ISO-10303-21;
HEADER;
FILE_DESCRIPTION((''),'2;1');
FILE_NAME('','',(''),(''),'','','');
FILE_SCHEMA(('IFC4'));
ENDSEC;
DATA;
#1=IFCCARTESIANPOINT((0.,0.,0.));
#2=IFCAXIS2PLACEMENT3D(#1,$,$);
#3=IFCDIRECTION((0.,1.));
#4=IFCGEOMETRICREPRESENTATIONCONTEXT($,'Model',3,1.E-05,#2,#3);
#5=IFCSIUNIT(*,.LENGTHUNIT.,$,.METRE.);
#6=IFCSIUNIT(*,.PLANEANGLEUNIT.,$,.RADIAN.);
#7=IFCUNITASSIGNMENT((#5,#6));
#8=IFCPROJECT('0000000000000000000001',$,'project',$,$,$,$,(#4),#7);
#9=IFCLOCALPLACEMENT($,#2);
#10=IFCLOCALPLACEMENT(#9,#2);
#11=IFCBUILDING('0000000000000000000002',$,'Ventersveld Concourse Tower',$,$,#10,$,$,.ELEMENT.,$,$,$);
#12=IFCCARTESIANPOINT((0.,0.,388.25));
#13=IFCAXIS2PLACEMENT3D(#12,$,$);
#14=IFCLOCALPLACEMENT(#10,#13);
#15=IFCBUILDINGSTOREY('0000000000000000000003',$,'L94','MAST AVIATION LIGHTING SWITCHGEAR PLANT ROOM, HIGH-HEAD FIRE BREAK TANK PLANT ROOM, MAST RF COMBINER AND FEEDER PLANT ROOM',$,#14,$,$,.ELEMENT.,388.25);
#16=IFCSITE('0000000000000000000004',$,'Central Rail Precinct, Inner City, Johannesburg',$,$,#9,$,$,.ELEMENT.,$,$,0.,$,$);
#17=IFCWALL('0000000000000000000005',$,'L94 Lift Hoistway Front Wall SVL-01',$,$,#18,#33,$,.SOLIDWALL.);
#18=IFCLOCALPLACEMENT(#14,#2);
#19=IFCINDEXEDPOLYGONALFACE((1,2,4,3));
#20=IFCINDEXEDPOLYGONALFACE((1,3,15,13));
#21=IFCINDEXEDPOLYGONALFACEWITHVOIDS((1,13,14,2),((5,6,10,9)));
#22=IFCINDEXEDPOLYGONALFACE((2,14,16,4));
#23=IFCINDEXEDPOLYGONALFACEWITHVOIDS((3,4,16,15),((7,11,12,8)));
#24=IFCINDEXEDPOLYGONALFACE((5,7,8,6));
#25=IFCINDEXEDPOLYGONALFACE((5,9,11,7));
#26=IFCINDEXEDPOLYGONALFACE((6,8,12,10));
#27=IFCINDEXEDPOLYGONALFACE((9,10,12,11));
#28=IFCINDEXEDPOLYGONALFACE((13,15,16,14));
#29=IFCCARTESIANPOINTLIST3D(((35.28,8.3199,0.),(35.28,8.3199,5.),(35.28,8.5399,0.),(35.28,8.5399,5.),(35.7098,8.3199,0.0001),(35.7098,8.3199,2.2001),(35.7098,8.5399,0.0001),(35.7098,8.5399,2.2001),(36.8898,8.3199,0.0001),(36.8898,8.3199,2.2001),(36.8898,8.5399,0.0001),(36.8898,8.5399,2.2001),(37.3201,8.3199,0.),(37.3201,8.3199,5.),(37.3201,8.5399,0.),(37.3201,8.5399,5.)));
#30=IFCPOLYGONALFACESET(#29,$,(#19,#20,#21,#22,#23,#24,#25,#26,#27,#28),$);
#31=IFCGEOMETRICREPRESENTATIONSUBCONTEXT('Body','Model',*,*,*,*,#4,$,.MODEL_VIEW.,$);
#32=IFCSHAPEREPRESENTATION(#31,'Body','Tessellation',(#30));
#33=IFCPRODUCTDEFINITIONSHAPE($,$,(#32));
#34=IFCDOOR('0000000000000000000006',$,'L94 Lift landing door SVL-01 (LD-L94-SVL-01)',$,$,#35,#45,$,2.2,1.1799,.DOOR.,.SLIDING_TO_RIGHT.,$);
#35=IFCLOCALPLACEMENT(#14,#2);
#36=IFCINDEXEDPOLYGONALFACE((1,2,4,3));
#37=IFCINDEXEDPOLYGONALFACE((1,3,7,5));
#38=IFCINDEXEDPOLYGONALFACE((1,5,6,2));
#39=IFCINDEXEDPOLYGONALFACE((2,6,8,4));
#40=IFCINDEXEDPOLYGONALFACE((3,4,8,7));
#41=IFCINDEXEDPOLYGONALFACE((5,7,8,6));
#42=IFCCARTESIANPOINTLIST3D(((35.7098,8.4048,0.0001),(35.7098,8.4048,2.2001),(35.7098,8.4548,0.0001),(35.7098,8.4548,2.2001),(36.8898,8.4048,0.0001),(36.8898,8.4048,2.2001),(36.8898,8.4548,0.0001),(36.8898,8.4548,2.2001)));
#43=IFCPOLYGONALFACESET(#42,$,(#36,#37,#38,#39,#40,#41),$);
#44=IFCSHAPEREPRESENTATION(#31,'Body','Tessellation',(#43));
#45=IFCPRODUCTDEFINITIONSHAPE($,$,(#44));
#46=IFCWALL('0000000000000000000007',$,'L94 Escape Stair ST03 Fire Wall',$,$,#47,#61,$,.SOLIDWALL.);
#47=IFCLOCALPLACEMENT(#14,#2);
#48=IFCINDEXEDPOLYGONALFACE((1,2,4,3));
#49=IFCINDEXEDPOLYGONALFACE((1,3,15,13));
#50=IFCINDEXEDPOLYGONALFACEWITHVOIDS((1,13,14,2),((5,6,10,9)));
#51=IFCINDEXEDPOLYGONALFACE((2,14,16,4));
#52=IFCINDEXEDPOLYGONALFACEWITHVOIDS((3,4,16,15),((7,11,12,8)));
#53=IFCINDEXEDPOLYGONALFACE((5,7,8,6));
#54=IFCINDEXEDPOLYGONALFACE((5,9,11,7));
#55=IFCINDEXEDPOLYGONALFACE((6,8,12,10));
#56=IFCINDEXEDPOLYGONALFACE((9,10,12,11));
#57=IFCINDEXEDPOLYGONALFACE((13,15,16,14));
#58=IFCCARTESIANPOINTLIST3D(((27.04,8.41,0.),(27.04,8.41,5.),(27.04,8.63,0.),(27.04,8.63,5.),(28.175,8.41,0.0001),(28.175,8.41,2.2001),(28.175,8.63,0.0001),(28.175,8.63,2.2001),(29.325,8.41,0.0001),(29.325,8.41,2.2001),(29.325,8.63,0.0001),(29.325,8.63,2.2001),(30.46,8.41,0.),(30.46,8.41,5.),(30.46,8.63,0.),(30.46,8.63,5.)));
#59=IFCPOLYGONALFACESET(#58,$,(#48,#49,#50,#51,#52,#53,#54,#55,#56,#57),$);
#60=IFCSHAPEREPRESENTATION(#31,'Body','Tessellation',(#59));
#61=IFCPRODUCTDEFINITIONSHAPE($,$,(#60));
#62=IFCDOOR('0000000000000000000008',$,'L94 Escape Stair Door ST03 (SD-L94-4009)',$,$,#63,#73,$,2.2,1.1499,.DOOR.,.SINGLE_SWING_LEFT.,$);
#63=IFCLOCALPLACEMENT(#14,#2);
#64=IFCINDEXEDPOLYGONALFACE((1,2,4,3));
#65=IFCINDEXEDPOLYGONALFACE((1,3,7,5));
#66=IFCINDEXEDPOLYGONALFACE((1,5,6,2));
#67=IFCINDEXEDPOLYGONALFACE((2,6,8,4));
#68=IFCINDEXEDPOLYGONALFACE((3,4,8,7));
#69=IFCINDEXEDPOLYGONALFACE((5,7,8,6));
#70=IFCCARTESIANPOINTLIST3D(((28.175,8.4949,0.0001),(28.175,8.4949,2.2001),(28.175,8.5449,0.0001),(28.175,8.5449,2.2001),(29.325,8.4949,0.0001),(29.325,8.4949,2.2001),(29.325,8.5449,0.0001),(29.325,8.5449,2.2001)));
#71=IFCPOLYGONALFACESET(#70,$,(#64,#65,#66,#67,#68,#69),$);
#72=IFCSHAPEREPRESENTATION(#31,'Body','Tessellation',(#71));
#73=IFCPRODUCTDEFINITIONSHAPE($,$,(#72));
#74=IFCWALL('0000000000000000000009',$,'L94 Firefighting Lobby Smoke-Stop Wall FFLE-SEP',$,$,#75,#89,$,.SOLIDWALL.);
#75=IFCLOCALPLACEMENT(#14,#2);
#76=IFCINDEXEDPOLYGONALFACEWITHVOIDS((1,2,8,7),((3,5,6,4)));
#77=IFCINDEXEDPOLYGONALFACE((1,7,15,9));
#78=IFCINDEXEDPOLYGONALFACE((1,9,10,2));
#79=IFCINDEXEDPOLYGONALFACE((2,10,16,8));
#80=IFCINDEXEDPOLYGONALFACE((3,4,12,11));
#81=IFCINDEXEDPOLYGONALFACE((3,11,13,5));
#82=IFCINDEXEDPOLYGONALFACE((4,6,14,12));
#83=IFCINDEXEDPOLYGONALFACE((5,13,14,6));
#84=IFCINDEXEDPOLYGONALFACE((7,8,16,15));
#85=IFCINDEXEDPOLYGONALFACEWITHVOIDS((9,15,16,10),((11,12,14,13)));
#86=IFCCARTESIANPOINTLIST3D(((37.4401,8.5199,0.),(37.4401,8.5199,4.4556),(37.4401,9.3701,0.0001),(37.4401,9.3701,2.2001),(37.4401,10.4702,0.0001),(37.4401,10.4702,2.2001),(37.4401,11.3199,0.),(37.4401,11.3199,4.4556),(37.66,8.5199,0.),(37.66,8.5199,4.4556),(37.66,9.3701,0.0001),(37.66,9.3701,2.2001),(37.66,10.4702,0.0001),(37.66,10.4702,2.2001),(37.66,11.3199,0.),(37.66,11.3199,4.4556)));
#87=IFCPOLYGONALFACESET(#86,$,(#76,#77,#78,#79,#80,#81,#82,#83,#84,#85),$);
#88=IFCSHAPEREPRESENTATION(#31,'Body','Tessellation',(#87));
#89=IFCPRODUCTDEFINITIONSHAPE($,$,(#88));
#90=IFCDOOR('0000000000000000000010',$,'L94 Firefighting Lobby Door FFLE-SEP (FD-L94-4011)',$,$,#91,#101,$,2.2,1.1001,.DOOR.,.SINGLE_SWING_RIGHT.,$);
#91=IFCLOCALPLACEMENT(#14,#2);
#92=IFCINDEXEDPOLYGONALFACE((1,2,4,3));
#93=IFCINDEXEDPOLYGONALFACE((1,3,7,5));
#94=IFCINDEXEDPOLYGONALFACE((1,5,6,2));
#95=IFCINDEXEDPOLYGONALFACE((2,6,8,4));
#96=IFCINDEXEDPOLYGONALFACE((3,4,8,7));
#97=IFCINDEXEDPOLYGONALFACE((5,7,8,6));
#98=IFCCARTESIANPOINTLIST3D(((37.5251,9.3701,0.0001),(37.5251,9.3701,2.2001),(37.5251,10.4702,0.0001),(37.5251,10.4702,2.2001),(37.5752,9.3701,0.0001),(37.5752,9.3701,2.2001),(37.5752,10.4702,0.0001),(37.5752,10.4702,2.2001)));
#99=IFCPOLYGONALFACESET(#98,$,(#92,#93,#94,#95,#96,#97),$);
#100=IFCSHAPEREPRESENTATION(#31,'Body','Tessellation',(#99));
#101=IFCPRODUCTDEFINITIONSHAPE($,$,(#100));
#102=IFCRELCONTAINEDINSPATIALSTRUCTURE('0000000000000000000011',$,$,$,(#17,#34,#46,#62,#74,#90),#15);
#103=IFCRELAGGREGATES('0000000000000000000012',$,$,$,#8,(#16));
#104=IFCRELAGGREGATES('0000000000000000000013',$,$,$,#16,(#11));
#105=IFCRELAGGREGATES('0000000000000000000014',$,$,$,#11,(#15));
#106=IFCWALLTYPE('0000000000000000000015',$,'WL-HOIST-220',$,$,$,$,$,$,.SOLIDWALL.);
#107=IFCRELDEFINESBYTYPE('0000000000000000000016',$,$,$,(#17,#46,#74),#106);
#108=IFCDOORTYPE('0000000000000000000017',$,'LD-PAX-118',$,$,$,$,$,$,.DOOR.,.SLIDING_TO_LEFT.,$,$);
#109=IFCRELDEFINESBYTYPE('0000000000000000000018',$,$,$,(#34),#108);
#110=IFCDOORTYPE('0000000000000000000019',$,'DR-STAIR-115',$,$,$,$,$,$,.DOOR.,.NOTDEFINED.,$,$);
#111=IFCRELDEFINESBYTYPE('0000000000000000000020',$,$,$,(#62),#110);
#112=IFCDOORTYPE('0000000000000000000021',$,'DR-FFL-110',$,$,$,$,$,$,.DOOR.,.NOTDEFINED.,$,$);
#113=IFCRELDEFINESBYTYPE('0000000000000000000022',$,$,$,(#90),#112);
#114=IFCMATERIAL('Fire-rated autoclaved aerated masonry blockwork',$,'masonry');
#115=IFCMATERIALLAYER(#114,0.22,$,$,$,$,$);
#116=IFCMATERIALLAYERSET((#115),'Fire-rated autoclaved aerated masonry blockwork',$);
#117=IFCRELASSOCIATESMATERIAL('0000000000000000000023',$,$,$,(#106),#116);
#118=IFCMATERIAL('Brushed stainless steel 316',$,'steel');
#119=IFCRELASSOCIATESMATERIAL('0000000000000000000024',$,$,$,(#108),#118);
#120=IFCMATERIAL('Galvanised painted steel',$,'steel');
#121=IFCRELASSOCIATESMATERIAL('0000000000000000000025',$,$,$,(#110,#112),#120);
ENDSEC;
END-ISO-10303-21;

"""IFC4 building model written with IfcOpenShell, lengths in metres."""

from ifc_helpers import new_model, si_unit, direction, frame, frame_2d, origin, place, context, subcontext, project, spatial, rectangle, extrude, material, layer, layer_set, type_object, element, fill, save


model = new_model("IFC4")

# Units and contexts
model_context = context("Model", 3, precision=1e-05, world=origin(), true_north=direction((0.0, 1.0)))
body_context = subcontext(model_context, "Body", "Model", "MODEL_VIEW")
ifc_project = project(units=[si_unit("LENGTHUNIT", "METRE"), si_unit("PLANEANGLEUNIT", "RADIAN")], contexts=[model_context])

# Site, building, storey
site_placement = place(None, origin())
site = spatial("IfcSite", under=ifc_project, at=site_placement, Name="Central Rail Precinct, Inner City, Johannesburg", CompositionType="ELEMENT", RefElevation=0.0)
building_placement = place(site_placement, origin())
building = spatial("IfcBuilding", under=site, at=building_placement, Name="Ventersveld Concourse Tower", CompositionType="ELEMENT")
storey_placement = place(building_placement, frame((0.0, 0.0, 388.25)))
storey = spatial("IfcBuildingStorey", under=building, at=storey_placement, Name="L94", Description="MAST AVIATION LIGHTING SWITCHGEAR PLANT ROOM, HIGH-HEAD FIRE BREAK TANK PLANT ROOM, MAST RF COMBINER AND FEEDER PLANT ROOM", CompositionType="ELEMENT", Elevation=388.25)

# Shared definitions
ifc_material_1 = material(Name="Fire-rated autoclaved aerated masonry blockwork", Category="masonry")
ifc_layer_1 = layer(ifc_material_1, 0.22)
ifc_layer_set_1 = layer_set([ifc_layer_1], Name="Fire-rated autoclaved aerated masonry blockwork")
wall_type_1 = type_object("IfcWallType", Name="WL-HOIST-220", PredefinedType="SOLIDWALL", material=ifc_layer_set_1)

# Walls, openings, doors
wall_1_placement = place(storey_placement, frame((35.28, 8.4299, 0.0), z_axis=(0.0, 0.0, 1.0), x_axis=(1.0, 0.0, 0.0)))
wall_1 = element("IfcWall", 1, at=wall_1_placement, inside=storey, type_object=wall_type_1, Name="L94 Lift Hoistway Front Wall SVL-01", PredefinedType="SOLIDWALL", context=body_context, shape_type="SweptSolid", body=[
    extrude(rectangle(XDim=2.04, YDim=0.22, at=frame_2d((1.02, 0.0))), origin(), (0.0, 0.0, 1.0), 5.0),
])
opening_1_placement = place(wall_1_placement, frame((0.4299, 0.0, 0.0)))
opening_1 = element("IfcOpeningElement", 2, at=opening_1_placement, cuts=wall_1, PredefinedType="OPENING", context=body_context, shape_type="SweptSolid", body=[
    extrude(rectangle(XDim=1.1799, YDim=2.2, at=frame_2d((0.5898, 1.1001))), frame((0.0, 0.1201, 0.0), z_axis=(0.0, -1.0, 0.0), x_axis=(1.0, 0.0, 0.0)), (0.0, 0.0, 1.0), 0.24),
])
ifc_material_2 = material(Name="Brushed stainless steel 316", Category="steel")
door_type_1 = type_object("IfcDoorType", Name="LD-PAX-118", OperationType="SLIDING_TO_LEFT", PredefinedType="DOOR", material=ifc_material_2)
door_1_placement = place(opening_1_placement, origin())
door_1 = element("IfcDoor", 3, at=door_1_placement, inside=storey, type_object=door_type_1, Name="L94 Lift landing door SVL-01 (LD-L94-SVL-01)", OperationType="SLIDING_TO_RIGHT", OverallHeight=2.2, OverallWidth=1.1799, PredefinedType="DOOR", context=body_context, shape_type="SweptSolid", body=[
    extrude(rectangle(XDim=1.1799, YDim=2.2, at=frame_2d((0.5898, 1.1001))), frame((0.0, 0.0249, 0.0), z_axis=(0.0, -1.0, 0.0), x_axis=(1.0, 0.0, 0.0)), (0.0, 0.0, 1.0), 0.05),
])
fill(opening_1, door_1)
wall_2_placement = place(storey_placement, frame((27.04, 8.52, 0.0), z_axis=(0.0, 0.0, 1.0), x_axis=(1.0, 0.0, 0.0)))
wall_2 = element("IfcWall", 4, at=wall_2_placement, inside=storey, type_object=wall_type_1, Name="L94 Escape Stair ST03 Fire Wall", PredefinedType="SOLIDWALL", context=body_context, shape_type="SweptSolid", body=[
    extrude(rectangle(XDim=3.4199, YDim=0.22, at=frame_2d((1.71, 0.0))), origin(), (0.0, 0.0, 1.0), 5.0),
])
opening_2_placement = place(wall_2_placement, frame((1.135, 0.0, 0.0)))
opening_2 = element("IfcOpeningElement", 5, at=opening_2_placement, cuts=wall_2, PredefinedType="OPENING", context=body_context, shape_type="SweptSolid", body=[
    extrude(rectangle(XDim=1.1499, YDim=2.2, at=frame_2d((0.575, 1.1001))), frame((0.0, 0.1201, 0.0), z_axis=(0.0, -1.0, 0.0), x_axis=(1.0, 0.0, 0.0)), (0.0, 0.0, 1.0), 0.24),
])
ifc_material_3 = material(Name="Galvanised painted steel", Category="steel")
door_type_2 = type_object("IfcDoorType", Name="DR-STAIR-115", OperationType="NOTDEFINED", PredefinedType="DOOR", material=ifc_material_3)
door_2_placement = place(opening_2_placement, origin())
door_2 = element("IfcDoor", 6, at=door_2_placement, inside=storey, type_object=door_type_2, Name="L94 Escape Stair Door ST03 (SD-L94-4009)", OperationType="SINGLE_SWING_LEFT", OverallHeight=2.2, OverallWidth=1.1499, PredefinedType="DOOR", context=body_context, shape_type="SweptSolid", body=[
    extrude(rectangle(XDim=1.1499, YDim=2.2, at=frame_2d((0.575, 1.1001))), frame((0.0, 0.0249, 0.0), z_axis=(0.0, -1.0, 0.0), x_axis=(1.0, 0.0, 0.0)), (0.0, 0.0, 1.0), 0.05),
])
fill(opening_2, door_2)
wall_3_placement = place(storey_placement, frame((37.55, 8.52, 0.0), z_axis=(0.0, 0.0, 1.0), x_axis=(0.0, 1.0, 0.0)))
wall_3 = element("IfcWall", 7, at=wall_3_placement, inside=storey, type_object=wall_type_1, Name="L94 Firefighting Lobby Smoke-Stop Wall FFLE-SEP", PredefinedType="SOLIDWALL", context=body_context, shape_type="SweptSolid", body=[
    extrude(rectangle(XDim=2.8, YDim=0.22, at=frame_2d((1.3999, 0.0))), origin(), (0.0, 0.0, 1.0), 4.4556),
])
opening_3_placement = place(wall_3_placement, frame((0.8501, 0.0, 0.0)))
opening_3 = element("IfcOpeningElement", 8, at=opening_3_placement, cuts=wall_3, PredefinedType="OPENING", context=body_context, shape_type="SweptSolid", body=[
    extrude(rectangle(XDim=1.1001, YDim=2.2, at=frame_2d((0.55, 1.1001))), frame((0.0, 0.1201, 0.0), z_axis=(0.0, -1.0, 0.0), x_axis=(1.0, 0.0, 0.0)), (0.0, 0.0, 1.0), 0.24),
])
door_type_3 = type_object("IfcDoorType", Name="DR-FFL-110", OperationType="NOTDEFINED", PredefinedType="DOOR", material=ifc_material_3)
door_3_placement = place(opening_3_placement, origin())
door_3 = element("IfcDoor", 9, at=door_3_placement, inside=storey, type_object=door_type_3, Name="L94 Firefighting Lobby Door FFLE-SEP (FD-L94-4011)", OperationType="SINGLE_SWING_RIGHT", OverallHeight=2.2, OverallWidth=1.1001, PredefinedType="DOOR", context=body_context, shape_type="SweptSolid", body=[
    extrude(rectangle(XDim=1.1001, YDim=2.2, at=frame_2d((0.55, 1.1001))), frame((0.0, 0.0249, 0.0), z_axis=(0.0, -1.0, 0.0), x_axis=(1.0, 0.0, 0.0)), (0.0, 0.0, 1.0), 0.05),
])
fill(opening_3, door_3)

save(model, "model.ifc")
